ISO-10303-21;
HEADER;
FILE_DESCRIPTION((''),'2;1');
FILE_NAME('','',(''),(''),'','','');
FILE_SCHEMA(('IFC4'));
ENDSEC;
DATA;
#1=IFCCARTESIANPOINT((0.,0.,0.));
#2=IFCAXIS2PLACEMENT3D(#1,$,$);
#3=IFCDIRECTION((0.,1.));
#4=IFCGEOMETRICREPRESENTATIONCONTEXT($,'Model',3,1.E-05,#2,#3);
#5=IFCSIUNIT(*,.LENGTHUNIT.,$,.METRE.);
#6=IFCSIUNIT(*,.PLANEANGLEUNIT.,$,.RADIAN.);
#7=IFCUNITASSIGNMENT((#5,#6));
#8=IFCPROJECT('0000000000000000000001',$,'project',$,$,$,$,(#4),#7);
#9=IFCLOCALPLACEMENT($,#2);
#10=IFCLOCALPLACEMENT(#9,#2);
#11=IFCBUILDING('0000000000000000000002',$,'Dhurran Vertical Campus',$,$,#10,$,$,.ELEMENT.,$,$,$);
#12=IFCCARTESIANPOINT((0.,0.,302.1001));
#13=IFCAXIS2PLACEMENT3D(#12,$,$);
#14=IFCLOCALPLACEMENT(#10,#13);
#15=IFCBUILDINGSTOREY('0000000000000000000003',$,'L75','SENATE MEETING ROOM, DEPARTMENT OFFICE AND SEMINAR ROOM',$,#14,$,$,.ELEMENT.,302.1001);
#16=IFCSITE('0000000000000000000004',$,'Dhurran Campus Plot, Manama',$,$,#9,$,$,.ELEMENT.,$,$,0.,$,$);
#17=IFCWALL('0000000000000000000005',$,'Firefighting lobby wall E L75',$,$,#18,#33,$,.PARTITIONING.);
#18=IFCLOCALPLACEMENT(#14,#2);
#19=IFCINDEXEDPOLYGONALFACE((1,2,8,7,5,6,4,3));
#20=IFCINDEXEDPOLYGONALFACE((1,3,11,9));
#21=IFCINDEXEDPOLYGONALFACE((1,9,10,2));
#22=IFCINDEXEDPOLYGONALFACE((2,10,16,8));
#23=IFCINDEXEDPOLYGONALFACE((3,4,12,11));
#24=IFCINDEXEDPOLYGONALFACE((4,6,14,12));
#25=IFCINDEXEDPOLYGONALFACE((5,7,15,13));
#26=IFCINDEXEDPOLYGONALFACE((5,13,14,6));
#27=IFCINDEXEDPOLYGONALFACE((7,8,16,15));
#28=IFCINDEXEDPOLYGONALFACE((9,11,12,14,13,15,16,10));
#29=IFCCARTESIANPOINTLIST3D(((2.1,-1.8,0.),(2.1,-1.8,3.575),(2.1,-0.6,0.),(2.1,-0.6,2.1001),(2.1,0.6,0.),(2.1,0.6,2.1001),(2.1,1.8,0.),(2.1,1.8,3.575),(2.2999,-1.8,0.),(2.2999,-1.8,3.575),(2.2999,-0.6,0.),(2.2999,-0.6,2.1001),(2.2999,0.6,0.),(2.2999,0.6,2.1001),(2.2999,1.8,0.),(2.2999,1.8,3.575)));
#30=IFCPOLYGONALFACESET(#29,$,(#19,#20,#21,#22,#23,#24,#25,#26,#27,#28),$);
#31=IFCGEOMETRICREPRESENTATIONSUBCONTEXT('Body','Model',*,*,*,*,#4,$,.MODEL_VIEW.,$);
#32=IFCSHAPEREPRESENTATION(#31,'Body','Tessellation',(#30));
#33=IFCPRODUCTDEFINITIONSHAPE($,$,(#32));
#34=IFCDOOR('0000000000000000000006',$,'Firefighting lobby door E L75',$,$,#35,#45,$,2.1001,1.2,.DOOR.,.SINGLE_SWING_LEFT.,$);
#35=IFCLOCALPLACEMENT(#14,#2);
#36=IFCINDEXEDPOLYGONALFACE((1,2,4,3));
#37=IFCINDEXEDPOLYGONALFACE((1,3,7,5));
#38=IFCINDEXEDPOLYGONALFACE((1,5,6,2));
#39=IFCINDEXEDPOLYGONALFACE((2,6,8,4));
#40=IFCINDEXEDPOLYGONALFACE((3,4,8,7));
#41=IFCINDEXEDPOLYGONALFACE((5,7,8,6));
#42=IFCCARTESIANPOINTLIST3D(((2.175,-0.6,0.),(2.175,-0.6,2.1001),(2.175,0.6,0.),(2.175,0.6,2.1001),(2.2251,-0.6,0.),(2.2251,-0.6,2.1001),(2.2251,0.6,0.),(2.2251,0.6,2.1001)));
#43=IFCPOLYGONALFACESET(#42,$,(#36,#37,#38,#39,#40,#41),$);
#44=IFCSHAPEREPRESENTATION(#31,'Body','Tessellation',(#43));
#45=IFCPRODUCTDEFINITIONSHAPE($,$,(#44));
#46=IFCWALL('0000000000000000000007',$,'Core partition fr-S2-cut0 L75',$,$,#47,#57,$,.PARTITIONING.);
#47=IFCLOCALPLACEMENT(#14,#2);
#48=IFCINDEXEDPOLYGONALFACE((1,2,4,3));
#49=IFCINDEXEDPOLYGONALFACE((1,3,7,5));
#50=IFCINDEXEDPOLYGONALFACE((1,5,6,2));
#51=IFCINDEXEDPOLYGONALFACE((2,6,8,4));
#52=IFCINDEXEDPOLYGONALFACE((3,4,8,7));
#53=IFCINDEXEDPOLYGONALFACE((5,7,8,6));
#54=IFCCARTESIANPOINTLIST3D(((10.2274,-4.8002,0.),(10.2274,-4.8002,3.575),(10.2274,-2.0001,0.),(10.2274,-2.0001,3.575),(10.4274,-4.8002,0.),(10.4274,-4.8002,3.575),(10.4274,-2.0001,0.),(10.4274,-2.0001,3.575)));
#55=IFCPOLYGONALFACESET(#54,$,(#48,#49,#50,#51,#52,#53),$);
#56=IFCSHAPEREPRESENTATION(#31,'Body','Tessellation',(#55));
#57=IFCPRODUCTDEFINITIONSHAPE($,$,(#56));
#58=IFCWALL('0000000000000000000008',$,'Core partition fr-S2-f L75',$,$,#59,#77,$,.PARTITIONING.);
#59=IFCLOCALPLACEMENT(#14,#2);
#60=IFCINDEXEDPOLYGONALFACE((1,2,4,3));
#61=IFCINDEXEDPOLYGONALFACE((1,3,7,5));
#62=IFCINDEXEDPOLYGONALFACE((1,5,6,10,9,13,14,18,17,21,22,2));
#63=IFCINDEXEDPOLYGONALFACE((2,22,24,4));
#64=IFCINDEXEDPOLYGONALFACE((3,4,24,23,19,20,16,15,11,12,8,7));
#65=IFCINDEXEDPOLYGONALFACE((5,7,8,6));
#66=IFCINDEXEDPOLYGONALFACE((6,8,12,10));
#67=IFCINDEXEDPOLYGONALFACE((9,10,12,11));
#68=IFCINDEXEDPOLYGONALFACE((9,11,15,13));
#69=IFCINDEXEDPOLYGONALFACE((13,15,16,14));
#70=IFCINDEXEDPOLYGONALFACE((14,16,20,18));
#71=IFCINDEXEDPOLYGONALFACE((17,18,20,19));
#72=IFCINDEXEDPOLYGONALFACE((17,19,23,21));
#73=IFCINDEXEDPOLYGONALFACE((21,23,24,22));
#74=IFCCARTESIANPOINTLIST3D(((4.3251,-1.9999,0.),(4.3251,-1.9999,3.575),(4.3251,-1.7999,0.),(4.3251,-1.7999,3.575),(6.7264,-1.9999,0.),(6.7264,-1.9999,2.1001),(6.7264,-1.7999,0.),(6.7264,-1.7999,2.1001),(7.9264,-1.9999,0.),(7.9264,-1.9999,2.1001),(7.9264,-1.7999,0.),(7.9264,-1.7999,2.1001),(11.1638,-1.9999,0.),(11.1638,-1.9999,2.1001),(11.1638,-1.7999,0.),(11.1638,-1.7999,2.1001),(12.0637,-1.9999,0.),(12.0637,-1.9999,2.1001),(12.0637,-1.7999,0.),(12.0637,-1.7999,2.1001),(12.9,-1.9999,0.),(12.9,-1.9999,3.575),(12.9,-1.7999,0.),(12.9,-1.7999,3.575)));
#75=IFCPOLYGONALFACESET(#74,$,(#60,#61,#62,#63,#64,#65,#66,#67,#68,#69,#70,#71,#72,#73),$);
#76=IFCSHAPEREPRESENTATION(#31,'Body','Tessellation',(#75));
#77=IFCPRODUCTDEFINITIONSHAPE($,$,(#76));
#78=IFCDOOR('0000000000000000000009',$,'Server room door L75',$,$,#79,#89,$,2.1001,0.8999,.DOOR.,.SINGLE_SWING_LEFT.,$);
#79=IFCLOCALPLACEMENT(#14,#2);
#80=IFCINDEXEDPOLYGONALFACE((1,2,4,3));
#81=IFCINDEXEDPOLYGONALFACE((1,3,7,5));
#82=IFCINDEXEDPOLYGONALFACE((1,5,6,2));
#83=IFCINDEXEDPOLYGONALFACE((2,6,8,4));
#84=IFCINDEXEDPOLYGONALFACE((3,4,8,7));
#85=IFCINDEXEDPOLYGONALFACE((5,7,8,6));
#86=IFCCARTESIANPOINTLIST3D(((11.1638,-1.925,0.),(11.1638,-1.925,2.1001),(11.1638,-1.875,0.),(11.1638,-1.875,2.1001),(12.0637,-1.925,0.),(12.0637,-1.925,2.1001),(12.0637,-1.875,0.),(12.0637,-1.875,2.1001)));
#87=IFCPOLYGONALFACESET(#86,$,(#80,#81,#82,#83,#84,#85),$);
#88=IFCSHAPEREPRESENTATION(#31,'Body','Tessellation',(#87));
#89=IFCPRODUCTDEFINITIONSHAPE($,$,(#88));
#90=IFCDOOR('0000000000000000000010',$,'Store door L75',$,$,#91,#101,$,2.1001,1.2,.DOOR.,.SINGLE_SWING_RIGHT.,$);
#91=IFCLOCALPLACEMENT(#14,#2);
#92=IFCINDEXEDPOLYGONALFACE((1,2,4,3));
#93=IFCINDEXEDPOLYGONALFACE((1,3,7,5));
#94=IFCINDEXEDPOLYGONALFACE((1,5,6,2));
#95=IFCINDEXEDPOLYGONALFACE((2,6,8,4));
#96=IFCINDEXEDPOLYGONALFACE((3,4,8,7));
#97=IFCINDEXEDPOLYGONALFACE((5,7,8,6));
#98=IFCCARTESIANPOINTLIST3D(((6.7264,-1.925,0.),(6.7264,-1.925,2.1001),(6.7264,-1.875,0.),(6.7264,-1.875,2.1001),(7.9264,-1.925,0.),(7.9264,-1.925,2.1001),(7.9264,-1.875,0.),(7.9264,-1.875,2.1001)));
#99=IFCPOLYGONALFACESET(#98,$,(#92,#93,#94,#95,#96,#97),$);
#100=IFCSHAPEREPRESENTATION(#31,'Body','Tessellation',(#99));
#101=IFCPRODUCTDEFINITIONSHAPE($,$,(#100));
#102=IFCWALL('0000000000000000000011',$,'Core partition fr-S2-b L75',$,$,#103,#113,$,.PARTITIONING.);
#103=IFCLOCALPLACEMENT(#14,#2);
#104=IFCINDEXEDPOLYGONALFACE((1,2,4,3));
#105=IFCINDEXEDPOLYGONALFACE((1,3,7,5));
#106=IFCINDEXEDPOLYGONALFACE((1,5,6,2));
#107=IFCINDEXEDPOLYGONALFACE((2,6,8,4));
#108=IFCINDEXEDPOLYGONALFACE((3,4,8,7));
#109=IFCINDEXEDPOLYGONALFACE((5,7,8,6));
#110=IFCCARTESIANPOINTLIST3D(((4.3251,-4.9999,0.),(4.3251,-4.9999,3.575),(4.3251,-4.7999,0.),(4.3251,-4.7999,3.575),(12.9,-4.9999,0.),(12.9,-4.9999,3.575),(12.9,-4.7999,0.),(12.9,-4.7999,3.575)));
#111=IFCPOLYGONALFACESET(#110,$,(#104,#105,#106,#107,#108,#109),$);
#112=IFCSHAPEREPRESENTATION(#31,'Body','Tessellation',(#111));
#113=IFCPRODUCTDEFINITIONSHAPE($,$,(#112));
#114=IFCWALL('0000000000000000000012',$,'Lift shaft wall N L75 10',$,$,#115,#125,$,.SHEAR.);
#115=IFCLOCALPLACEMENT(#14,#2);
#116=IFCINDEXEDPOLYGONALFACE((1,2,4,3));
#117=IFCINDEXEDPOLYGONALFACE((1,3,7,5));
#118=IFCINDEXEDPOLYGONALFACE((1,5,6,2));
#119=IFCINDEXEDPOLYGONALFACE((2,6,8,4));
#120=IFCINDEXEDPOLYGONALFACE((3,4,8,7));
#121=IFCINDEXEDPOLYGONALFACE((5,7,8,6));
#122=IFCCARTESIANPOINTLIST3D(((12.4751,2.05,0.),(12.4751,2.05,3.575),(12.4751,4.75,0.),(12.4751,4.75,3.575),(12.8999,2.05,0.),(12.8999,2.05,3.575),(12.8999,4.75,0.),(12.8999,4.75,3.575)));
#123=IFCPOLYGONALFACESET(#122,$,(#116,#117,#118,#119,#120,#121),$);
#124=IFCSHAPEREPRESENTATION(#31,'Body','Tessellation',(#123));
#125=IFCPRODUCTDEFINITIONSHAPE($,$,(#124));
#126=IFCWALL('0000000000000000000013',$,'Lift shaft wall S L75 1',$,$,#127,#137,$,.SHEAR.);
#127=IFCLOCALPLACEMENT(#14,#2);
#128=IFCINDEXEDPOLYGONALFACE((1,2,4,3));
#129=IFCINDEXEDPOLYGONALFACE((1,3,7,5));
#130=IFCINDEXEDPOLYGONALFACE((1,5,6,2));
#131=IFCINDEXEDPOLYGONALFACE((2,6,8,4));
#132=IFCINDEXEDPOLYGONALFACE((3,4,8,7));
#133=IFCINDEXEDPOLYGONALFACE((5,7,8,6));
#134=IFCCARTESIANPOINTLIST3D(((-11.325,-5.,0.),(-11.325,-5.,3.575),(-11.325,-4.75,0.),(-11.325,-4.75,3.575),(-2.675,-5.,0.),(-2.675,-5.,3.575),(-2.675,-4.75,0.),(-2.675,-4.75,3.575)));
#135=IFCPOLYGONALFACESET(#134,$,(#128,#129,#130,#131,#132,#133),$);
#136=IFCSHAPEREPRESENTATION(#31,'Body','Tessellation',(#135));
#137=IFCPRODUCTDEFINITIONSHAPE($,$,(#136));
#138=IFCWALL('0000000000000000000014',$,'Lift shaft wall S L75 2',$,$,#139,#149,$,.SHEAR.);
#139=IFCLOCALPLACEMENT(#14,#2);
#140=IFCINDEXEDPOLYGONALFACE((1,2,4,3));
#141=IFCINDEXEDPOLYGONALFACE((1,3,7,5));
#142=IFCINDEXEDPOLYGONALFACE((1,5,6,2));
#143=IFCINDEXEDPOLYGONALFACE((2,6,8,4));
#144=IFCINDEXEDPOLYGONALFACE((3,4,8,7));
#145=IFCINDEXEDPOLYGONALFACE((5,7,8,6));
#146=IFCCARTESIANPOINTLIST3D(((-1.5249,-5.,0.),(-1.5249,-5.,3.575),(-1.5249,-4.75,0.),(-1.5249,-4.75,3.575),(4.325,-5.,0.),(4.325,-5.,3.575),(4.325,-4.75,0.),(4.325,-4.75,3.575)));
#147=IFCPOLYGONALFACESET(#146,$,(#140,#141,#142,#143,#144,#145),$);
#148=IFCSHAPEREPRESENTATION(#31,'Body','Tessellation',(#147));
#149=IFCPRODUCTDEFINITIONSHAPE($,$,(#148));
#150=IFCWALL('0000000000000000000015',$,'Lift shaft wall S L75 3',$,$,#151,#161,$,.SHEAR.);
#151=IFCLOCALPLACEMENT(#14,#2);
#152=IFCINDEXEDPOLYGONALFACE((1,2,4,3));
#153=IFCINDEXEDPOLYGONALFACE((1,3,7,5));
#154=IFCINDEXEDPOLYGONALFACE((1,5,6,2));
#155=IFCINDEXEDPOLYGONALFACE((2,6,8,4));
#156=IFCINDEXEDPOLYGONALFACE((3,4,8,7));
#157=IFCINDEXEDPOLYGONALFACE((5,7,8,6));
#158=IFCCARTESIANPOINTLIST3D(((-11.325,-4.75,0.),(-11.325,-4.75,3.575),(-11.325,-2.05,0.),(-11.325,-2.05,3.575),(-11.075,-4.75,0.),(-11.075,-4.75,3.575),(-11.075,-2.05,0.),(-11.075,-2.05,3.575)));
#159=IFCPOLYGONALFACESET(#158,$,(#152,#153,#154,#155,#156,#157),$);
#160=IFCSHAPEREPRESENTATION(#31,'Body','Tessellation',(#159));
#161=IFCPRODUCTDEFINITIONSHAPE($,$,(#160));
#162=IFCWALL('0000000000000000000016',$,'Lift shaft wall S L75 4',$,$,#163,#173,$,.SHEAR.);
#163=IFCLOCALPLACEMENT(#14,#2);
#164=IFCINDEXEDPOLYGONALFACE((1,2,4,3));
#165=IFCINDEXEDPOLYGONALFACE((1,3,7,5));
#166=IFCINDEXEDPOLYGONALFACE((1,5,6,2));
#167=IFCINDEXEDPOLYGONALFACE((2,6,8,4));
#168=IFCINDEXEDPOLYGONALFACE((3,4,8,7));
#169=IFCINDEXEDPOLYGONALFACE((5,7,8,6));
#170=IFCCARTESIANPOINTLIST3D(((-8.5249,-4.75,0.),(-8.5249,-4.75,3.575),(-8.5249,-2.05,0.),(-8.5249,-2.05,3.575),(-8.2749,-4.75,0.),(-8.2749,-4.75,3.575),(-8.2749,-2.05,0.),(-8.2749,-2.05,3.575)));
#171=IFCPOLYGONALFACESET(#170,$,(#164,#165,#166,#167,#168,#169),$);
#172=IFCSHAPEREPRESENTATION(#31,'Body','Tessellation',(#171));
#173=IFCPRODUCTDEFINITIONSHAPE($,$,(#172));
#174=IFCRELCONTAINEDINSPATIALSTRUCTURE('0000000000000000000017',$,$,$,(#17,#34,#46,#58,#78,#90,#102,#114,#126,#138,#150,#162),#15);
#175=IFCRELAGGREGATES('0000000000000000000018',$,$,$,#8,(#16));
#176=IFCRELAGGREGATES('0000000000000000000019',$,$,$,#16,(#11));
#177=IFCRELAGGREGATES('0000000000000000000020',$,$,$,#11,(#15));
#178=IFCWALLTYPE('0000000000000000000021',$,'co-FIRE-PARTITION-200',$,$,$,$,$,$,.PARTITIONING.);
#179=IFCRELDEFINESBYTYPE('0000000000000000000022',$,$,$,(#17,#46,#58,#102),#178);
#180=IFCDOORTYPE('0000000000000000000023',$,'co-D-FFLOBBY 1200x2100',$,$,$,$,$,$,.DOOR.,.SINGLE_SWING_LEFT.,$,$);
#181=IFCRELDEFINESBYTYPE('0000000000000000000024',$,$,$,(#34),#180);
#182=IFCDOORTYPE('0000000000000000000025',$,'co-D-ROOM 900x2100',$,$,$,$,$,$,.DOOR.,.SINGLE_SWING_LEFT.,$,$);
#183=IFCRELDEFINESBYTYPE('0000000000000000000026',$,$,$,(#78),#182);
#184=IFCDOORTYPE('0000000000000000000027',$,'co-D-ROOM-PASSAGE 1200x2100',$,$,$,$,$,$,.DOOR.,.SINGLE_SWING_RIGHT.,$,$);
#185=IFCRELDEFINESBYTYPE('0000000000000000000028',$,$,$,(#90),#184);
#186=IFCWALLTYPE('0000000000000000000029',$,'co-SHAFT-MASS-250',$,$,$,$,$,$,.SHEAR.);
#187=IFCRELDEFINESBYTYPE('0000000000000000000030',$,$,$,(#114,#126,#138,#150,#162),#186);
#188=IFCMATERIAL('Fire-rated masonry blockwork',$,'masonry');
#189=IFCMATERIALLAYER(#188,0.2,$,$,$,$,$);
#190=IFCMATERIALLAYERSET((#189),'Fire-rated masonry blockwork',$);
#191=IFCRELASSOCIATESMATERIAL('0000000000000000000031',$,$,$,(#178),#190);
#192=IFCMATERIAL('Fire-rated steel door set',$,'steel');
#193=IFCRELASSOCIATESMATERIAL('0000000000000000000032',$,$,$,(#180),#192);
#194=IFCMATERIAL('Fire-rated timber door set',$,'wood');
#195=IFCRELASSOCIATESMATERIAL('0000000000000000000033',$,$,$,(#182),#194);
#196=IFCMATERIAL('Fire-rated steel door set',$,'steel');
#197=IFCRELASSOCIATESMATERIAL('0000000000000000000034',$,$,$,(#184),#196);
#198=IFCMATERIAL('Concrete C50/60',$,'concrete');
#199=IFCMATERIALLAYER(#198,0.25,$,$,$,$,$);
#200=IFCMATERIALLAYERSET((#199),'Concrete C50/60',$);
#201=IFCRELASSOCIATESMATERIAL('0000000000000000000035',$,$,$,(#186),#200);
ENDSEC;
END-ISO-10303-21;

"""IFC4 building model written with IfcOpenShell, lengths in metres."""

from ifc_helpers import new_model, si_unit, direction, frame, frame_2d, origin, place, context, subcontext, project, spatial, polyline, rectangle, outline, extrude, material, layer, layer_set, type_object, element, fill, save


model = new_model("IFC4")

# Units and contexts
model_context = context("Model", 3, precision=1e-05, world=origin(), true_north=direction((0.0, 1.0)))
body_context = subcontext(model_context, "Body", "Model", "MODEL_VIEW")
ifc_project = project(units=[si_unit("LENGTHUNIT", "METRE"), si_unit("PLANEANGLEUNIT", "RADIAN")], contexts=[model_context])

# Site, building, storey
site_placement = place(None, origin())
site = spatial("IfcSite", under=ifc_project, at=site_placement, Name="Dhurran Campus Plot, Manama", CompositionType="ELEMENT", RefElevation=0.0)
building_placement = place(site_placement, origin())
building = spatial("IfcBuilding", under=site, at=building_placement, Name="Dhurran Vertical Campus", CompositionType="ELEMENT")
storey_placement = place(building_placement, frame((0.0, 0.0, 302.1001)))
storey = spatial("IfcBuildingStorey", under=building, at=storey_placement, Name="L75", Description="SENATE MEETING ROOM, DEPARTMENT OFFICE AND SEMINAR ROOM", CompositionType="ELEMENT", Elevation=302.1001)

# Wall, opening, door
ifc_material_1 = material(Name="Fire-rated masonry blockwork", Category="masonry")
ifc_layer_1 = layer(ifc_material_1, 0.2)
ifc_layer_set_1 = layer_set([ifc_layer_1], Name="Fire-rated masonry blockwork")
wall_type_1 = type_object("IfcWallType", Name="co-FIRE-PARTITION-200", PredefinedType="PARTITIONING", material=ifc_layer_set_1)
wall_1_placement = place(storey_placement, frame((2.2, -1.8, 0.0), z_axis=(0.0, 0.0, 1.0), x_axis=(0.0, 1.0, 0.0)))
wall_1 = element("IfcWall", 1, at=wall_1_placement, inside=storey, type_object=wall_type_1, Name="Firefighting lobby wall E L75", PredefinedType="PARTITIONING", context=body_context, shape_type="SweptSolid", body=[
    extrude(rectangle(XDim=3.6001, YDim=0.2, at=frame_2d((1.8, 0.0))), origin(), (0.0, 0.0, 1.0), 3.575),
])
opening_1_placement = place(wall_1_placement, frame((1.2, 0.0, 0.0)))
opening_1 = element("IfcOpeningElement", 2, at=opening_1_placement, cuts=wall_1, PredefinedType="OPENING", context=body_context, shape_type="SweptSolid", body=[
    extrude(rectangle(XDim=1.2, YDim=2.1001, at=frame_2d((0.6001, 1.05))), frame((0.0, 0.1099, 0.0), z_axis=(0.0, -1.0, 0.0), x_axis=(1.0, 0.0, 0.0)), (0.0, 0.0, 1.0), 0.22),
])
ifc_material_2 = material(Name="Fire-rated steel door set", Category="steel")
door_type_1 = type_object("IfcDoorType", Name="co-D-FFLOBBY 1200x2100", OperationType="SINGLE_SWING_LEFT", PredefinedType="DOOR", material=ifc_material_2)
door_1_placement = place(opening_1_placement, origin())
door_1 = element("IfcDoor", 3, at=door_1_placement, inside=storey, type_object=door_type_1, Name="Firefighting lobby door E L75", OperationType="SINGLE_SWING_LEFT", OverallHeight=2.1001, OverallWidth=1.2, PredefinedType="DOOR", context=body_context, shape_type="SweptSolid", body=[
    extrude(rectangle(XDim=1.2, YDim=2.1001, at=frame_2d((0.6001, 1.05))), frame((0.0, 0.0249, 0.0), z_axis=(0.0, -1.0, 0.0), x_axis=(1.0, 0.0, 0.0)), (0.0, 0.0, 1.0), 0.05),
])
fill(opening_1, door_1)

# Wall
wall_2_placement = place(storey_placement, frame((10.3274, -4.8, 0.0), z_axis=(0.0, 0.0, 1.0), x_axis=(0.0, 1.0, 0.0)))
element("IfcWall", 4, at=wall_2_placement, inside=storey, type_object=wall_type_1, Name="Core partition fr-S2-cut0 L75", PredefinedType="PARTITIONING", context=body_context, shape_type="SweptSolid", body=[
    extrude(rectangle(XDim=2.8, YDim=0.2, at=frame_2d((1.3999, 0.0))), origin(), (0.0, 0.0, 1.0), 3.575),
])

# Wall, openings, doors
wall_3_placement = place(storey_placement, frame((4.325, -1.8999, 0.0), z_axis=(0.0, 0.0, 1.0), x_axis=(1.0, 0.0, 0.0)))
wall_3 = element("IfcWall", 5, at=wall_3_placement, inside=storey, type_object=wall_type_1, Name="Core partition fr-S2-f L75", PredefinedType="PARTITIONING", context=body_context, shape_type="SweptSolid", body=[
    extrude(rectangle(XDim=8.575, YDim=0.2, at=frame_2d((4.2876, 0.0))), origin(), (0.0, 0.0, 1.0), 3.575),
])
opening_2_placement = place(wall_3_placement, frame((2.4014, 0.0, 0.0)))
opening_2 = element("IfcOpeningElement", 6, at=opening_2_placement, cuts=wall_3, PredefinedType="OPENING", context=body_context, shape_type="SweptSolid", body=[
    extrude(rectangle(XDim=1.2, YDim=2.1001, at=frame_2d((0.6001, 1.05))), frame((0.0, 0.1099, 0.0), z_axis=(0.0, -1.0, 0.0), x_axis=(1.0, 0.0, 0.0)), (0.0, 0.0, 1.0), 0.22),
])
opening_3_placement = place(wall_3_placement, frame((6.8389, 0.0, 0.0)))
opening_3 = element("IfcOpeningElement", 7, at=opening_3_placement, cuts=wall_3, PredefinedType="OPENING", context=body_context, shape_type="SweptSolid", body=[
    extrude(rectangle(XDim=0.8999, YDim=2.1001, at=frame_2d((0.45, 1.05))), frame((0.0, 0.1099, 0.0), z_axis=(0.0, -1.0, 0.0), x_axis=(1.0, 0.0, 0.0)), (0.0, 0.0, 1.0), 0.22),
])
ifc_material_3 = material(Name="Fire-rated timber door set", Category="wood")
door_type_2 = type_object("IfcDoorType", Name="co-D-ROOM 900x2100", OperationType="SINGLE_SWING_LEFT", PredefinedType="DOOR", material=ifc_material_3)
door_2_placement = place(opening_3_placement, origin())
door_2 = element("IfcDoor", 8, at=door_2_placement, inside=storey, type_object=door_type_2, Name="Server room door L75", OperationType="SINGLE_SWING_LEFT", OverallHeight=2.1001, OverallWidth=0.8999, PredefinedType="DOOR", context=body_context, shape_type="SweptSolid", body=[
    extrude(rectangle(XDim=0.8999, YDim=2.1001, at=frame_2d((0.45, 1.05))), frame((0.0, 0.0249, 0.0), z_axis=(0.0, -1.0, 0.0), x_axis=(1.0, 0.0, 0.0)), (0.0, 0.0, 1.0), 0.05),
])
fill(opening_3, door_2)
ifc_material_4 = material(Name="Fire-rated steel door set", Category="steel")
door_type_3 = type_object("IfcDoorType", Name="co-D-ROOM-PASSAGE 1200x2100", OperationType="SINGLE_SWING_RIGHT", PredefinedType="DOOR", material=ifc_material_4)
door_3_placement = place(opening_2_placement, origin())
door_3 = element("IfcDoor", 9, at=door_3_placement, inside=storey, type_object=door_type_3, Name="Store door L75", OperationType="SINGLE_SWING_RIGHT", OverallHeight=2.1001, OverallWidth=1.2, PredefinedType="DOOR", context=body_context, shape_type="SweptSolid", body=[
    extrude(rectangle(XDim=1.2, YDim=2.1001, at=frame_2d((0.6001, 1.05))), frame((0.0, 0.0249, 0.0), z_axis=(0.0, -1.0, 0.0), x_axis=(1.0, 0.0, 0.0)), (0.0, 0.0, 1.0), 0.05),
])
fill(opening_2, door_3)

# Walls
wall_4_placement = place(storey_placement, frame((4.325, -4.8999, 0.0), z_axis=(0.0, 0.0, 1.0), x_axis=(1.0, 0.0, 0.0)))
element("IfcWall", 10, at=wall_4_placement, inside=storey, type_object=wall_type_1, Name="Core partition fr-S2-b L75", PredefinedType="PARTITIONING", context=body_context, shape_type="SweptSolid", body=[
    extrude(rectangle(XDim=8.575, YDim=0.2, at=frame_2d((4.2876, 0.0))), origin(), (0.0, 0.0, 1.0), 3.575),
])
ifc_material_5 = material(Name="Concrete C50/60", Category="concrete")
ifc_layer_2 = layer(ifc_material_5, 0.25)
ifc_layer_set_2 = layer_set([ifc_layer_2], Name="Concrete C50/60")
wall_type_2 = type_object("IfcWallType", Name="co-SHAFT-MASS-250", PredefinedType="SHEAR", material=ifc_layer_set_2)
wall_5_placement = place(storey_placement, origin())
element("IfcWall", 11, at=wall_5_placement, inside=storey, type_object=wall_type_2, Name="Lift shaft wall N L75 10", PredefinedType="SHEAR", context=body_context, shape_type="SweptSolid", body=[
    extrude(outline(polyline([(12.4751, 2.05), (12.8999, 2.05), (12.8999, 4.75), (12.4751, 4.75), (12.4751, 2.05)])), origin(), (0.0, 0.0, 1.0), 3.575),
])
wall_6_placement = place(storey_placement, origin())
element("IfcWall", 12, at=wall_6_placement, inside=storey, type_object=wall_type_2, Name="Lift shaft wall S L75 1", PredefinedType="SHEAR", context=body_context, shape_type="SweptSolid", body=[
    extrude(outline(polyline([(-11.325, -5.0), (-2.675, -5.0), (-2.675, -4.75), (-11.325, -4.75), (-11.325, -5.0)])), origin(), (0.0, 0.0, 1.0), 3.575),
])
wall_7_placement = place(storey_placement, origin())
element("IfcWall", 13, at=wall_7_placement, inside=storey, type_object=wall_type_2, Name="Lift shaft wall S L75 2", PredefinedType="SHEAR", context=body_context, shape_type="SweptSolid", body=[
    extrude(outline(polyline([(-1.5249, -5.0), (4.325, -5.0), (4.325, -4.75), (-1.5249, -4.75), (-1.5249, -5.0)])), origin(), (0.0, 0.0, 1.0), 3.575),
])
wall_8_placement = place(storey_placement, origin())
element("IfcWall", 14, at=wall_8_placement, inside=storey, type_object=wall_type_2, Name="Lift shaft wall S L75 3", PredefinedType="SHEAR", context=body_context, shape_type="SweptSolid", body=[
    extrude(outline(polyline([(-11.325, -4.75), (-11.075, -4.75), (-11.075, -2.05), (-11.325, -2.05), (-11.325, -4.75)])), origin(), (0.0, 0.0, 1.0), 3.575),
])
wall_9_placement = place(storey_placement, origin())
element("IfcWall", 15, at=wall_9_placement, inside=storey, type_object=wall_type_2, Name="Lift shaft wall S L75 4", PredefinedType="SHEAR", context=body_context, shape_type="SweptSolid", body=[
    extrude(outline(polyline([(-8.5249, -4.75), (-8.2749, -4.75), (-8.2749, -2.05), (-8.5249, -2.05), (-8.5249, -4.75)])), origin(), (0.0, 0.0, 1.0), 3.575),
])

save(model, "model.ifc")
